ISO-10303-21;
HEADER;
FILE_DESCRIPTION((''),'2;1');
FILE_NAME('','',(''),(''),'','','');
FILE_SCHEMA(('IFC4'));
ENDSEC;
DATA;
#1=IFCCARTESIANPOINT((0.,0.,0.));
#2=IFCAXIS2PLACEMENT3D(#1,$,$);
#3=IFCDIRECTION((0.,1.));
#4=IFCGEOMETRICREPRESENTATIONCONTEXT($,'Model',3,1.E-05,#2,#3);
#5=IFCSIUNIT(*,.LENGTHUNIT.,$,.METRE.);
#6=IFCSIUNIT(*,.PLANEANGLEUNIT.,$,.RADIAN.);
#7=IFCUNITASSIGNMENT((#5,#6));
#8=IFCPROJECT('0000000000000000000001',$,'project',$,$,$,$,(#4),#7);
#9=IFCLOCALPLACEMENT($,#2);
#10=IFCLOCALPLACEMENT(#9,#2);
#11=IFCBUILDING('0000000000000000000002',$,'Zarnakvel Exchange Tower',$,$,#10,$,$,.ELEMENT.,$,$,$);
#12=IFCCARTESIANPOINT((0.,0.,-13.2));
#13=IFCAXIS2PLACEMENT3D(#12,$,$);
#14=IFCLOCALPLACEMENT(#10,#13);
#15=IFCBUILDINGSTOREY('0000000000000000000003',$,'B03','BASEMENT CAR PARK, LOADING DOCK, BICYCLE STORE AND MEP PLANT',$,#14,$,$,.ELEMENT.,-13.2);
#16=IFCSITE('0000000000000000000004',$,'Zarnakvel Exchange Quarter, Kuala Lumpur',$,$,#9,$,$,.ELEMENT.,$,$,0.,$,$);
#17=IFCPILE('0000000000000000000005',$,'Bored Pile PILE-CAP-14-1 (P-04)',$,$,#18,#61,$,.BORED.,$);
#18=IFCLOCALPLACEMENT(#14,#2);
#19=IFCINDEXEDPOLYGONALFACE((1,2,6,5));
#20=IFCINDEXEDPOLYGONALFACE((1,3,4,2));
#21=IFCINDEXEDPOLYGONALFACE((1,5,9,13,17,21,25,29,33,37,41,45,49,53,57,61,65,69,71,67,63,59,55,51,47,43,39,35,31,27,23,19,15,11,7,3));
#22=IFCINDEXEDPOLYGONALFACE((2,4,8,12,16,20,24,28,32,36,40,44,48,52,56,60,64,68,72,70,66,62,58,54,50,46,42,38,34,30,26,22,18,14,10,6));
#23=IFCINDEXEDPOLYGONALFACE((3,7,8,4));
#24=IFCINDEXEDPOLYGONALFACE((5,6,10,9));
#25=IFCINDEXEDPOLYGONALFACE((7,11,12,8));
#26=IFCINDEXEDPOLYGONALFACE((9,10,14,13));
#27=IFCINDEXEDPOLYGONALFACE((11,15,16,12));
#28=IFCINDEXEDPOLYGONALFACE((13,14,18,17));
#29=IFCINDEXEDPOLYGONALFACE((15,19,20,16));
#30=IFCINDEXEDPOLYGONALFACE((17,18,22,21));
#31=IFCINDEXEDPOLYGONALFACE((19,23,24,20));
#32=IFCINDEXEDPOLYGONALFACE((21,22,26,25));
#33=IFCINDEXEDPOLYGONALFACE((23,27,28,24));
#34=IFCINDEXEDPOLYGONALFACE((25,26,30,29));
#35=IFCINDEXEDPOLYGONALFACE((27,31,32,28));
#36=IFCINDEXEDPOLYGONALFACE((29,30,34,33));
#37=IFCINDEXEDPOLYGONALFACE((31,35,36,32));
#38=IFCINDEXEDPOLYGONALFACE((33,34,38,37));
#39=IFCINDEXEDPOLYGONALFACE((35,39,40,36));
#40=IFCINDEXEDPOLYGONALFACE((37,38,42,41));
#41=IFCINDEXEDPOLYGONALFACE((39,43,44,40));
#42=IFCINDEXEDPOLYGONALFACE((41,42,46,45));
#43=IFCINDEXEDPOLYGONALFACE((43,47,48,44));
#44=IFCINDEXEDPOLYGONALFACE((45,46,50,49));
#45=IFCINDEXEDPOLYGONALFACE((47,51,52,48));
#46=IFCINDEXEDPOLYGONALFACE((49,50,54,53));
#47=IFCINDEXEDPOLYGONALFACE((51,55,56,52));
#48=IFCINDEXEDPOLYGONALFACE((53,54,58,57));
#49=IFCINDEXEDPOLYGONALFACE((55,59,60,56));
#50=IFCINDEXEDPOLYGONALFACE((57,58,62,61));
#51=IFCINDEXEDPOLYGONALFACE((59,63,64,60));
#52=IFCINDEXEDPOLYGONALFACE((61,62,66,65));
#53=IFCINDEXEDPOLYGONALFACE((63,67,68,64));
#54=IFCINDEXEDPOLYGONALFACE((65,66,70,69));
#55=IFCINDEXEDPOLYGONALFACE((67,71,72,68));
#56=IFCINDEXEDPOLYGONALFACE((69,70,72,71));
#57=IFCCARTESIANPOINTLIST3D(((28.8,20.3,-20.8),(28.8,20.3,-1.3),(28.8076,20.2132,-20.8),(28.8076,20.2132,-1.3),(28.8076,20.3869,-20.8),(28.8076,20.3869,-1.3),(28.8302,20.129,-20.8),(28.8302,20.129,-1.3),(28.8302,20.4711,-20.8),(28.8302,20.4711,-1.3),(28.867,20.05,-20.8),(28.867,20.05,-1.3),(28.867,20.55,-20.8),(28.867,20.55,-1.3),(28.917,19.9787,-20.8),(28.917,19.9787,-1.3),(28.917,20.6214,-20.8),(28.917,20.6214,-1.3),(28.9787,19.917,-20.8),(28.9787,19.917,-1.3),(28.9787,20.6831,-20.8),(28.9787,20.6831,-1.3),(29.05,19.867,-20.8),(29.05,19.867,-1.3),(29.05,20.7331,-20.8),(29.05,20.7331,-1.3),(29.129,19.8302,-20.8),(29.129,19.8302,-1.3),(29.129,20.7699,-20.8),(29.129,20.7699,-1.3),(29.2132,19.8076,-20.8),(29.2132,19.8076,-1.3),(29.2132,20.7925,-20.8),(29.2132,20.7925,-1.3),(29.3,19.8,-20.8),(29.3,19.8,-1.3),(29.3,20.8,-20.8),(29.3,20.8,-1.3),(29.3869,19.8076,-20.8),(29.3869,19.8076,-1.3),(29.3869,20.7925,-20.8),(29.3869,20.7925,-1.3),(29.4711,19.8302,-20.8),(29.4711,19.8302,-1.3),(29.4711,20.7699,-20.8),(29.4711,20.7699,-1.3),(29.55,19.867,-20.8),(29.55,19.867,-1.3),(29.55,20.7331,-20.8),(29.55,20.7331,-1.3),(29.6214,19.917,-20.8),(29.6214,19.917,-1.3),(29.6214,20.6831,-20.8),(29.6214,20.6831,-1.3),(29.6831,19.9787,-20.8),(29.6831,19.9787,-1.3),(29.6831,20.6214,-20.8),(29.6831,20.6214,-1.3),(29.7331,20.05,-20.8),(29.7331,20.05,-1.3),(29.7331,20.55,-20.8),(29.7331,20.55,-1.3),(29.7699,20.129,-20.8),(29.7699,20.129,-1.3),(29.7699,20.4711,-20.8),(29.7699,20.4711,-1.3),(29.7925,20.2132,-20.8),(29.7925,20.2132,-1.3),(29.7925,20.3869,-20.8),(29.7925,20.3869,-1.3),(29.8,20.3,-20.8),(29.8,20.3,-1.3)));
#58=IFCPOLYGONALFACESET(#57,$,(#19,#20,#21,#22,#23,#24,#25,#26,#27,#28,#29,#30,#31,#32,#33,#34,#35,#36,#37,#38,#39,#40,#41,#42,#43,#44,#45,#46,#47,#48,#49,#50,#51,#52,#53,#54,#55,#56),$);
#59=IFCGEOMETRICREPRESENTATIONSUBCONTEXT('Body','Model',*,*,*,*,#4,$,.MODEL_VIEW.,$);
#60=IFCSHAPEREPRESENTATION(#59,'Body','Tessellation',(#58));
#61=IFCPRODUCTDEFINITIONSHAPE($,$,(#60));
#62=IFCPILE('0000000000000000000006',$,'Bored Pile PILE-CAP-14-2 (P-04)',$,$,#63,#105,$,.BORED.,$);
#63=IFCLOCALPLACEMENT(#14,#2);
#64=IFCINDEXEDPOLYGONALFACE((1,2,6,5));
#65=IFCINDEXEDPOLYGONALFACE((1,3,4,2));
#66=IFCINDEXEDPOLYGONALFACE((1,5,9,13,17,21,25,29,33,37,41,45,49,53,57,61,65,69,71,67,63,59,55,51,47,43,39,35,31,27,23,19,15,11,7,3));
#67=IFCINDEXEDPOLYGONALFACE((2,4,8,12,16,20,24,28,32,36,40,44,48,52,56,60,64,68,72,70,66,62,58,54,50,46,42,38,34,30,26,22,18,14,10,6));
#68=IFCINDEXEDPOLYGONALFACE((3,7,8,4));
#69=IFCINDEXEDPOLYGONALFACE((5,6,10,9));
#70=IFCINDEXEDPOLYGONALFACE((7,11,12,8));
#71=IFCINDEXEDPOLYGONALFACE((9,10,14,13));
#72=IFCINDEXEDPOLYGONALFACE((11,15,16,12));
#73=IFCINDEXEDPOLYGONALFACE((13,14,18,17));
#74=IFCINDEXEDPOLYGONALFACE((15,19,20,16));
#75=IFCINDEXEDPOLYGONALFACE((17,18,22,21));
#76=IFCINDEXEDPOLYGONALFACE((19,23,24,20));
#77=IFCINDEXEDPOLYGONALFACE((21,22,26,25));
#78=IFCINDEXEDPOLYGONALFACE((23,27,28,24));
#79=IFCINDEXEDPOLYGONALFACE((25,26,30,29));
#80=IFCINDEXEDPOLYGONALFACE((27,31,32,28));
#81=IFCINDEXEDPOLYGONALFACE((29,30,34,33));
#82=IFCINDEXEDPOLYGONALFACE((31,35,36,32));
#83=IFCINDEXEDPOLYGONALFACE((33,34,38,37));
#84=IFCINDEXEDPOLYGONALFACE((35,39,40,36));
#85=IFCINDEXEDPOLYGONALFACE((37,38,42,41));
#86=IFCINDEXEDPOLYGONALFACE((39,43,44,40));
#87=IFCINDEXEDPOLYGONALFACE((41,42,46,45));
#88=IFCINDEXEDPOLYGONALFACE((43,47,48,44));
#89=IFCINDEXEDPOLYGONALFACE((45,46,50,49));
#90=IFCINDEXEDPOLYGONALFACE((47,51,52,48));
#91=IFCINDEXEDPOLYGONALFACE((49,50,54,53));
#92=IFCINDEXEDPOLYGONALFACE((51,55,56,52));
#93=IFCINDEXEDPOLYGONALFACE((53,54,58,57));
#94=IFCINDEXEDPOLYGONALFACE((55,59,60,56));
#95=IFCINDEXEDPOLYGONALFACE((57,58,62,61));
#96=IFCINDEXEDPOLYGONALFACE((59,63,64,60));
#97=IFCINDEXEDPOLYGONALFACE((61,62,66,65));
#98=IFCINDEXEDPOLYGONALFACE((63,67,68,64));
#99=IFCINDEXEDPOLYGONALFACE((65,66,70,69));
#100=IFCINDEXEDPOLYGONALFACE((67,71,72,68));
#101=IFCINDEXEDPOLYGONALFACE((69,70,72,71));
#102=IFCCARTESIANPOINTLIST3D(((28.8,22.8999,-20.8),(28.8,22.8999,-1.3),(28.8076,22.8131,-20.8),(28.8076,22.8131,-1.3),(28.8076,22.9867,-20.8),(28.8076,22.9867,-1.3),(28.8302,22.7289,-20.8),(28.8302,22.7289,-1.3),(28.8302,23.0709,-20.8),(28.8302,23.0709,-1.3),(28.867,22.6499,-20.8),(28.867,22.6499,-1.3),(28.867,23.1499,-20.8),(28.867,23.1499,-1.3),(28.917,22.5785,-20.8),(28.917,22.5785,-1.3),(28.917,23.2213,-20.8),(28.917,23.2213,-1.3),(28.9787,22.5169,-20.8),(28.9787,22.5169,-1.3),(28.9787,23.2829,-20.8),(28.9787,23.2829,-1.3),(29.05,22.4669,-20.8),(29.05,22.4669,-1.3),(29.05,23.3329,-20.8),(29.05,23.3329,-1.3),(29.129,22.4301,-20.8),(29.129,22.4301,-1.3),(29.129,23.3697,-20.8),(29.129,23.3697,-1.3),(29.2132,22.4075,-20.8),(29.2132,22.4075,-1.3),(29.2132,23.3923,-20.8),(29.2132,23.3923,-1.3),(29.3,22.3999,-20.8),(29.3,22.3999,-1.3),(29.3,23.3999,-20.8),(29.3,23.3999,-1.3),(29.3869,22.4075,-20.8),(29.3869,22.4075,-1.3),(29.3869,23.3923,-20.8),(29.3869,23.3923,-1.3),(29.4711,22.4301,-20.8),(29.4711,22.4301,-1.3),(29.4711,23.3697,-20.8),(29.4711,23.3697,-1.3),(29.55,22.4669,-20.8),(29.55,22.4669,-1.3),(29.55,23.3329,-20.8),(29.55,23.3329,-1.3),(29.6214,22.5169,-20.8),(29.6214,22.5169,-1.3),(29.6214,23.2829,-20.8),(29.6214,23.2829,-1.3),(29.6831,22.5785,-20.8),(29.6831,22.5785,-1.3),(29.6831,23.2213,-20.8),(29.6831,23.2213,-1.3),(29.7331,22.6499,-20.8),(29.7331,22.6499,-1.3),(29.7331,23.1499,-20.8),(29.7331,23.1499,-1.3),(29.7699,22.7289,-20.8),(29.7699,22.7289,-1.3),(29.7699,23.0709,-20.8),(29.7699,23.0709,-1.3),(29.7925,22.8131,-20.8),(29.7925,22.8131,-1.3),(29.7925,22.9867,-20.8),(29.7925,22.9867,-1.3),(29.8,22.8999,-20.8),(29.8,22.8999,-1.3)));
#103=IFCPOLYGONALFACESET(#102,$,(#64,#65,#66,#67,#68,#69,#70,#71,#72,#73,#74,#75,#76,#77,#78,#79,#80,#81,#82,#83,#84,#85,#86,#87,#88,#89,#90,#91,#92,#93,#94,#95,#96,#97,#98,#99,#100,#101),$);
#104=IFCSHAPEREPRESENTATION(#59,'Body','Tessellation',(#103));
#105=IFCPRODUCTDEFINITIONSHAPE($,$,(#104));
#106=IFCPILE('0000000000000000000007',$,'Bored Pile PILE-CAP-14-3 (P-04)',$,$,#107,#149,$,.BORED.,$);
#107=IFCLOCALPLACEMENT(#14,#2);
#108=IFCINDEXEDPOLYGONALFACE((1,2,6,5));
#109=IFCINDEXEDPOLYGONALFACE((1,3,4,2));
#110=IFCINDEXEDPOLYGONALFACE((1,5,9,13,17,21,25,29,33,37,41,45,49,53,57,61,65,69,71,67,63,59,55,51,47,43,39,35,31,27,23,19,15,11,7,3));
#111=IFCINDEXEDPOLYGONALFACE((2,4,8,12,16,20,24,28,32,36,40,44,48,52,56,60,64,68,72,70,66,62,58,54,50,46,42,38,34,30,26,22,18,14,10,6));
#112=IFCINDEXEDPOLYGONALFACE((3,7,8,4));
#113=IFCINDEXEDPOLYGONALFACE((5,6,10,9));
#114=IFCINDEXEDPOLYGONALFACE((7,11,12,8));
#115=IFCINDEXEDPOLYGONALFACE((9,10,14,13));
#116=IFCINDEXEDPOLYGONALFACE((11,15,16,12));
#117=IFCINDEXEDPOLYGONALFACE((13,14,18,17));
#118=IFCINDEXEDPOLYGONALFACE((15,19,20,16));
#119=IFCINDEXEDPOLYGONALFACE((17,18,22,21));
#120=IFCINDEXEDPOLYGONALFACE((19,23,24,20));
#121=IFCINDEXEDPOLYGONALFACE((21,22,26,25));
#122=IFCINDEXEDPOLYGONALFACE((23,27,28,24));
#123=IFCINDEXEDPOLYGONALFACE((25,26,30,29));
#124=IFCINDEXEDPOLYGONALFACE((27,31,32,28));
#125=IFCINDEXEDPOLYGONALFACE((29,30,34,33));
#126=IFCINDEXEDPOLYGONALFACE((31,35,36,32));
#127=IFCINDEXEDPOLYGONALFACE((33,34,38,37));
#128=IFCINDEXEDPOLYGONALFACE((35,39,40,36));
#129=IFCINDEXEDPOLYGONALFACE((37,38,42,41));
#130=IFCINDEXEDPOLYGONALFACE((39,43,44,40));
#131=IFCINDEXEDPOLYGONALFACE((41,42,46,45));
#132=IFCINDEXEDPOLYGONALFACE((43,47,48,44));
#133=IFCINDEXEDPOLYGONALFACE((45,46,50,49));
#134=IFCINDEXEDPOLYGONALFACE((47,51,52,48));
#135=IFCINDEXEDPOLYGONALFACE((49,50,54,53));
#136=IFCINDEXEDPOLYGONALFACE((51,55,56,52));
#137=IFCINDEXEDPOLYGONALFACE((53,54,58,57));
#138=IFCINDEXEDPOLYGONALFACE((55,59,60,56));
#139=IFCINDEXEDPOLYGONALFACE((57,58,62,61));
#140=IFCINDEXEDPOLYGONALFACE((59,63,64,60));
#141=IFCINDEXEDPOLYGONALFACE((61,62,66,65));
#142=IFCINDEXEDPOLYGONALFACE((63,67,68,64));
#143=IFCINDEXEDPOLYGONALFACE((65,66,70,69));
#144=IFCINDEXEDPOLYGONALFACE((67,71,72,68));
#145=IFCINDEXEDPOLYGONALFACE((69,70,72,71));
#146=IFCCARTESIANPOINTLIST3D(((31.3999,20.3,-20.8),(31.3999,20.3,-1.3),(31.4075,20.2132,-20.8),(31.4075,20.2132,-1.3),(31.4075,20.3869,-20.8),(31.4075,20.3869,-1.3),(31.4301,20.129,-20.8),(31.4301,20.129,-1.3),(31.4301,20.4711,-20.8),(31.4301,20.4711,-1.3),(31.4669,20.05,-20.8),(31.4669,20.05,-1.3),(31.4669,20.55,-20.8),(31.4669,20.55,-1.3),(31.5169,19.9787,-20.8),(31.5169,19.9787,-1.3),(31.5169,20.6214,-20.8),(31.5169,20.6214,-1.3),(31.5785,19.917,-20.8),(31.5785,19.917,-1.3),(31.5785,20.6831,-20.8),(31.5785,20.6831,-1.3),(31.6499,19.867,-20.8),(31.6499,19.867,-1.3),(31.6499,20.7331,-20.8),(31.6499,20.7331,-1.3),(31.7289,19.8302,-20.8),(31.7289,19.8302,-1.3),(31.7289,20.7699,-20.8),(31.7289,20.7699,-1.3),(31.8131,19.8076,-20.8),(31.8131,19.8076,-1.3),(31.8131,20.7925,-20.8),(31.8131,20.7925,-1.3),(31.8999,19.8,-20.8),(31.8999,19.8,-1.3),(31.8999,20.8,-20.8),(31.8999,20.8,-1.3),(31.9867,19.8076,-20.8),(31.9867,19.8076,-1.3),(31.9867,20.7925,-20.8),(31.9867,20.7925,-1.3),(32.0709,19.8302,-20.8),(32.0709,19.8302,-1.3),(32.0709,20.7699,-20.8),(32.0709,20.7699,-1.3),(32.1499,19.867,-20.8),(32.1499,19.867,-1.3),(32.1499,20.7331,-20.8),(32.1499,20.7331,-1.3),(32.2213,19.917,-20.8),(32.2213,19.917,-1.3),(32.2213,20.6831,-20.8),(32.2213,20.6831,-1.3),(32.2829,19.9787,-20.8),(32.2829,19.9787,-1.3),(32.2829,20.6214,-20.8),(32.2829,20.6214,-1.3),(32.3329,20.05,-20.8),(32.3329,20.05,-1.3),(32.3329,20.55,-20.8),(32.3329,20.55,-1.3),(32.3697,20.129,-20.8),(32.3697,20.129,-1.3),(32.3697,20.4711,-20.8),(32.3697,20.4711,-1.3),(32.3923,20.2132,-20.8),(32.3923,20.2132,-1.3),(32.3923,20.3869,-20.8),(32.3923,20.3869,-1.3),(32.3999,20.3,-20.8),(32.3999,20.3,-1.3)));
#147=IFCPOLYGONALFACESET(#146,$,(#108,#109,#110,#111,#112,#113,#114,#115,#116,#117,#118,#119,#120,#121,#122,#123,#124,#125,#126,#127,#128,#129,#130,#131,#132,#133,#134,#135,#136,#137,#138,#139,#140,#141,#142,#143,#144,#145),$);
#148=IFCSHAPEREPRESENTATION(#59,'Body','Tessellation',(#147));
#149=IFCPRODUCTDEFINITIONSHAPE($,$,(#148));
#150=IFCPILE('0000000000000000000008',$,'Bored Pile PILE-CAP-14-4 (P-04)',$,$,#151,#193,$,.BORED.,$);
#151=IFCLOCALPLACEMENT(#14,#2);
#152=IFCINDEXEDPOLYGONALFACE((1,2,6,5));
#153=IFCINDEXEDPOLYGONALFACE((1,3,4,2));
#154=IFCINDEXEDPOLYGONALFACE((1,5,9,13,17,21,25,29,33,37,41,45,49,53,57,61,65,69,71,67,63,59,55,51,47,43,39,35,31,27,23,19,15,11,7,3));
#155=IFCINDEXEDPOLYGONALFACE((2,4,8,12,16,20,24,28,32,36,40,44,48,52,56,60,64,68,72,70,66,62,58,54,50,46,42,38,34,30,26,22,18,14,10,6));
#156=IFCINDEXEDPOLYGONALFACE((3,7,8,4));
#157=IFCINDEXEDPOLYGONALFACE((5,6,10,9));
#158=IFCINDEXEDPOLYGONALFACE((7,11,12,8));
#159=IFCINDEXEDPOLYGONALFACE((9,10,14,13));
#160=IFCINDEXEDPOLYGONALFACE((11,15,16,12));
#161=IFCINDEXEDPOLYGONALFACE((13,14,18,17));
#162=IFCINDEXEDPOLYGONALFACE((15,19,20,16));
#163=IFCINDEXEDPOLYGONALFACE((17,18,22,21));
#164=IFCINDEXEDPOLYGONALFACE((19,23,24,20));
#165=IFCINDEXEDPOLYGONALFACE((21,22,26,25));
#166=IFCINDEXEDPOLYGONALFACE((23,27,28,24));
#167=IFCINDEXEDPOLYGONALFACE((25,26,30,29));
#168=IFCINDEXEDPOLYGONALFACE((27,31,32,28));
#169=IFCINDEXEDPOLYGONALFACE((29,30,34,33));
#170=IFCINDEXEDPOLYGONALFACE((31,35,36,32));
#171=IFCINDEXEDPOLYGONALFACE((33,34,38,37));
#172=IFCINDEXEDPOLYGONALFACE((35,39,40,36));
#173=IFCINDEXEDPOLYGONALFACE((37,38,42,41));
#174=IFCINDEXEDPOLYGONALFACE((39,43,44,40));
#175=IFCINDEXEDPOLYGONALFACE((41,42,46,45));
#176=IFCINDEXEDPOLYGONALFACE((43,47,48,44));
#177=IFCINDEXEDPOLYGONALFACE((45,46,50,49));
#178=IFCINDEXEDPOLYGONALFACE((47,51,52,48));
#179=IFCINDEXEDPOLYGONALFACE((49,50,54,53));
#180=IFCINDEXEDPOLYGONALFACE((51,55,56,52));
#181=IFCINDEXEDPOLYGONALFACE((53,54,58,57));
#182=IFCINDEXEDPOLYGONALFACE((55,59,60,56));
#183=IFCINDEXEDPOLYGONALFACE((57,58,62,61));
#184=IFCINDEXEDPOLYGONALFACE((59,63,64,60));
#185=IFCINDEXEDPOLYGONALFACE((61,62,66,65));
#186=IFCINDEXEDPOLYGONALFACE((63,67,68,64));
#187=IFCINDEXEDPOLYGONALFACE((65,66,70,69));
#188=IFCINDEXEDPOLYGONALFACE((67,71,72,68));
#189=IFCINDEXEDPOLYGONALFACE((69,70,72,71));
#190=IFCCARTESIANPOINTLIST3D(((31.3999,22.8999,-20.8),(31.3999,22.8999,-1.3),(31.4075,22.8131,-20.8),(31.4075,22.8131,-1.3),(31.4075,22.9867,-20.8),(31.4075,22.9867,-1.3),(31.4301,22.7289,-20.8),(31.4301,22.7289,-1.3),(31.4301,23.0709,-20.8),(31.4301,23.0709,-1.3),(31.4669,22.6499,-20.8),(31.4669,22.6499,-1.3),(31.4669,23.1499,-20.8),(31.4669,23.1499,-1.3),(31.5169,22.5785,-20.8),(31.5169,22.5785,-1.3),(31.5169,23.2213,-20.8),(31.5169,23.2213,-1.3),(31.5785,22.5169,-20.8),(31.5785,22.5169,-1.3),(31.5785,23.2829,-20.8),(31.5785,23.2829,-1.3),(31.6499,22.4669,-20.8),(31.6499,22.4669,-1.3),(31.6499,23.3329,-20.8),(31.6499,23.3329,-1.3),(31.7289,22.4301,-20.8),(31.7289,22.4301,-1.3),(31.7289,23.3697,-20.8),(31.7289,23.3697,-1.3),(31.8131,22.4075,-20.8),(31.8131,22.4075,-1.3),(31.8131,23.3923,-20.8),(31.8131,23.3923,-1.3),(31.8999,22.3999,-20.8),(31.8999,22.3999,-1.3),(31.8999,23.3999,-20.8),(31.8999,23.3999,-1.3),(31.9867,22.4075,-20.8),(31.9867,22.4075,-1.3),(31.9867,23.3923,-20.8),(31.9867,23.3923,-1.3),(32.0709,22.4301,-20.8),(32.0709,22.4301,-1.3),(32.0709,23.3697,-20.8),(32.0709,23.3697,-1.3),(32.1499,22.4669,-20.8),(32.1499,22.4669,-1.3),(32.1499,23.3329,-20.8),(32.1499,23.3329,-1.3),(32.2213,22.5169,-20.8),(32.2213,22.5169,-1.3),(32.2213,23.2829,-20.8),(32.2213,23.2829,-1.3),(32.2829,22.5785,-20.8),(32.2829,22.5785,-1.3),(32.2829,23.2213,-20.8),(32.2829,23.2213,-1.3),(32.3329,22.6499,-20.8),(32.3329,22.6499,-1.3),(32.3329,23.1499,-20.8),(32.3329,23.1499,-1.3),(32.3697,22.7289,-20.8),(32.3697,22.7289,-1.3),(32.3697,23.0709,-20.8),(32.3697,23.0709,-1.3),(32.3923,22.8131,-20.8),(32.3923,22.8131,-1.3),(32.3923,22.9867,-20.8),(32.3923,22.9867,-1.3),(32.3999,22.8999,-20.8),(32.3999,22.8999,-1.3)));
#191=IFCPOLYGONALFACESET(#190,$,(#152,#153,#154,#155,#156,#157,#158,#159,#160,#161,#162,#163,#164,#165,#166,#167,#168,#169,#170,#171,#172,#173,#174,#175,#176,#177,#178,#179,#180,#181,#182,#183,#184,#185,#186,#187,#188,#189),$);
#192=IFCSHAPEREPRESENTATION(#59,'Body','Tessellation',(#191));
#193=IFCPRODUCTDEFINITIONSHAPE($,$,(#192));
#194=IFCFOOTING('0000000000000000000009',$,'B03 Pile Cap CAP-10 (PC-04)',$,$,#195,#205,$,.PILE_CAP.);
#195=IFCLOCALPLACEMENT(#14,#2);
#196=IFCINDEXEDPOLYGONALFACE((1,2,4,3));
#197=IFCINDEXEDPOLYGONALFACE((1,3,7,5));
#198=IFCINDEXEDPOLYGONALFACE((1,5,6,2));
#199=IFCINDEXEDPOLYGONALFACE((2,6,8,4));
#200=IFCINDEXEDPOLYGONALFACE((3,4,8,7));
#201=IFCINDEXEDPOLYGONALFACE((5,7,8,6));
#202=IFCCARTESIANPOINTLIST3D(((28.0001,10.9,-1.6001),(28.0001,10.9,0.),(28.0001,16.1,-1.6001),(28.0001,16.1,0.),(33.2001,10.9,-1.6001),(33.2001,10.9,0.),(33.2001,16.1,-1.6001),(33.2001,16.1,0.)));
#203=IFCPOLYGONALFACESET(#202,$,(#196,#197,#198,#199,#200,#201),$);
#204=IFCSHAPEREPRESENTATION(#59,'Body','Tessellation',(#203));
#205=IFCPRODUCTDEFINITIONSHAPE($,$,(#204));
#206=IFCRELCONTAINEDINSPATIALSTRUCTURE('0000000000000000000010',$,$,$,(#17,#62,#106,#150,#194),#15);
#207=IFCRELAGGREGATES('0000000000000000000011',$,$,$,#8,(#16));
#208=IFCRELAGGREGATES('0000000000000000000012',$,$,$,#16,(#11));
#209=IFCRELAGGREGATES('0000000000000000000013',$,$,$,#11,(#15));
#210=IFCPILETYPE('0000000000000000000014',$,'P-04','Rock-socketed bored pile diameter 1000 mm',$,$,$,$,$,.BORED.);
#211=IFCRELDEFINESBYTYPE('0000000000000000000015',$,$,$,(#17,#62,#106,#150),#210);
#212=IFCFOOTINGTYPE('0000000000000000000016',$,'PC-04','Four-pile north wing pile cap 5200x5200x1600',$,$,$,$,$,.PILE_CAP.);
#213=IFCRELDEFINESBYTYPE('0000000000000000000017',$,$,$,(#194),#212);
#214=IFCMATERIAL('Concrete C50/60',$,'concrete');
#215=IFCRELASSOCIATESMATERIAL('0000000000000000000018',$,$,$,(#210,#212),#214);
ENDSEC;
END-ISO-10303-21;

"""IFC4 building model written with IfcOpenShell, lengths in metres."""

from ifc_helpers import new_model, si_unit, direction, frame, origin, origin_2d, place, context, subcontext, project, spatial, rectangle, circle, extrude, source, transform, mapped, material, material_profile, profile_set, type_object, element, save


model = new_model("IFC4")

# Units and contexts
model_context = context("Model", 3, precision=1e-05, world=origin(), true_north=direction((0.0, 1.0)))
body_context = subcontext(model_context, "Body", "Model", "MODEL_VIEW")
ifc_project = project(units=[si_unit("LENGTHUNIT", "METRE"), si_unit("PLANEANGLEUNIT", "RADIAN")], contexts=[model_context])

# Site, building, storey
site_placement = place(None, origin())
site = spatial("IfcSite", under=ifc_project, at=site_placement, Name="Zarnakvel Exchange Quarter, Kuala Lumpur", CompositionType="ELEMENT", RefElevation=0.0)
building_placement = place(site_placement, origin())
building = spatial("IfcBuilding", under=site, at=building_placement, Name="Zarnakvel Exchange Tower", CompositionType="ELEMENT")
storey_placement = place(building_placement, frame((0.0, 0.0, -13.2)))
storey = spatial("IfcBuildingStorey", under=building, at=storey_placement, Name="B03", Description="BASEMENT CAR PARK, LOADING DOCK, BICYCLE STORE AND MEP PLANT", CompositionType="ELEMENT", Elevation=-13.2)

# Shared definitions
ifc_material_1 = material(Name="Concrete C50/60", Category="concrete")

# Piles
ifc_material_profile_1 = material_profile(ifc_material_1, circle(Radius=0.5, at=origin_2d()))
ifc_profile_set_1 = profile_set([ifc_material_profile_1], Name="Concrete C50/60")
pile_type_1 = type_object("IfcPileType", Name="P-04", Description="Rock-socketed bored pile diameter 1000 mm", PredefinedType="BORED", material=ifc_profile_set_1)
for number, where, z_axis, x_axis, name in (
    (1, (29.3, 20.3, -1.3), (0.0, 0.0, -1.0), (1.0, 0.0, 0.0), "Bored Pile PILE-CAP-14-1 (P-04)"),
    (2, (29.3, 22.8999, -1.3), (0.0, 0.0, -1.0), (1.0, 0.0, 0.0), "Bored Pile PILE-CAP-14-2 (P-04)"),
    (3, (31.8999, 20.3, -1.3), (0.0, 0.0, -1.0), (1.0, 0.0, 0.0), "Bored Pile PILE-CAP-14-3 (P-04)"),
    (4, (31.8999, 22.8999, -1.3), (0.0, 0.0, -1.0), (1.0, 0.0, 0.0), "Bored Pile PILE-CAP-14-4 (P-04)"),
):
    element("IfcPile", number, at=place(storey_placement, frame(where, z_axis=z_axis, x_axis=x_axis)), inside=storey, type_object=pile_type_1, Name=name, PredefinedType="BORED", context=body_context, shape_type="SweptSolid", body=[
        extrude(circle(Radius=0.5, at=origin_2d()), origin(), (0.0, 0.0, 1.0), 19.5),
    ])

# Footing
footing_type_1 = type_object("IfcFootingType", Name="PC-04", Description="Four-pile north wing pile cap 5200x5200x1600", PredefinedType="PILE_CAP", material=ifc_material_1)
shared_shape_1 = source(origin(), body_context, "Body", "SweptSolid", [
    extrude(rectangle(XDim=5.2, YDim=5.2, at=origin_2d()), origin(), (0.0, 0.0, 1.0), 1.6001),
])
footing_1_placement = place(storey_placement, frame((30.6001, 13.5, -1.6001), z_axis=(0.0, 0.0, 1.0), x_axis=(1.0, 0.0, 0.0)))
element("IfcFooting", 5, at=footing_1_placement, inside=storey, type_object=footing_type_1, Name="B03 Pile Cap CAP-10 (PC-04)", PredefinedType="PILE_CAP", context=body_context, shape_type="MappedRepresentation", body=[
    mapped(shared_shape_1, transform((0.0, 0.0, 0.0), x_axis=(1.0, 0.0, 0.0), y_axis=(0.0, 1.0, 0.0), z_axis=(0.0, 0.0, 1.0), scale=1.0)),
])

save(model, "model.ifc")
